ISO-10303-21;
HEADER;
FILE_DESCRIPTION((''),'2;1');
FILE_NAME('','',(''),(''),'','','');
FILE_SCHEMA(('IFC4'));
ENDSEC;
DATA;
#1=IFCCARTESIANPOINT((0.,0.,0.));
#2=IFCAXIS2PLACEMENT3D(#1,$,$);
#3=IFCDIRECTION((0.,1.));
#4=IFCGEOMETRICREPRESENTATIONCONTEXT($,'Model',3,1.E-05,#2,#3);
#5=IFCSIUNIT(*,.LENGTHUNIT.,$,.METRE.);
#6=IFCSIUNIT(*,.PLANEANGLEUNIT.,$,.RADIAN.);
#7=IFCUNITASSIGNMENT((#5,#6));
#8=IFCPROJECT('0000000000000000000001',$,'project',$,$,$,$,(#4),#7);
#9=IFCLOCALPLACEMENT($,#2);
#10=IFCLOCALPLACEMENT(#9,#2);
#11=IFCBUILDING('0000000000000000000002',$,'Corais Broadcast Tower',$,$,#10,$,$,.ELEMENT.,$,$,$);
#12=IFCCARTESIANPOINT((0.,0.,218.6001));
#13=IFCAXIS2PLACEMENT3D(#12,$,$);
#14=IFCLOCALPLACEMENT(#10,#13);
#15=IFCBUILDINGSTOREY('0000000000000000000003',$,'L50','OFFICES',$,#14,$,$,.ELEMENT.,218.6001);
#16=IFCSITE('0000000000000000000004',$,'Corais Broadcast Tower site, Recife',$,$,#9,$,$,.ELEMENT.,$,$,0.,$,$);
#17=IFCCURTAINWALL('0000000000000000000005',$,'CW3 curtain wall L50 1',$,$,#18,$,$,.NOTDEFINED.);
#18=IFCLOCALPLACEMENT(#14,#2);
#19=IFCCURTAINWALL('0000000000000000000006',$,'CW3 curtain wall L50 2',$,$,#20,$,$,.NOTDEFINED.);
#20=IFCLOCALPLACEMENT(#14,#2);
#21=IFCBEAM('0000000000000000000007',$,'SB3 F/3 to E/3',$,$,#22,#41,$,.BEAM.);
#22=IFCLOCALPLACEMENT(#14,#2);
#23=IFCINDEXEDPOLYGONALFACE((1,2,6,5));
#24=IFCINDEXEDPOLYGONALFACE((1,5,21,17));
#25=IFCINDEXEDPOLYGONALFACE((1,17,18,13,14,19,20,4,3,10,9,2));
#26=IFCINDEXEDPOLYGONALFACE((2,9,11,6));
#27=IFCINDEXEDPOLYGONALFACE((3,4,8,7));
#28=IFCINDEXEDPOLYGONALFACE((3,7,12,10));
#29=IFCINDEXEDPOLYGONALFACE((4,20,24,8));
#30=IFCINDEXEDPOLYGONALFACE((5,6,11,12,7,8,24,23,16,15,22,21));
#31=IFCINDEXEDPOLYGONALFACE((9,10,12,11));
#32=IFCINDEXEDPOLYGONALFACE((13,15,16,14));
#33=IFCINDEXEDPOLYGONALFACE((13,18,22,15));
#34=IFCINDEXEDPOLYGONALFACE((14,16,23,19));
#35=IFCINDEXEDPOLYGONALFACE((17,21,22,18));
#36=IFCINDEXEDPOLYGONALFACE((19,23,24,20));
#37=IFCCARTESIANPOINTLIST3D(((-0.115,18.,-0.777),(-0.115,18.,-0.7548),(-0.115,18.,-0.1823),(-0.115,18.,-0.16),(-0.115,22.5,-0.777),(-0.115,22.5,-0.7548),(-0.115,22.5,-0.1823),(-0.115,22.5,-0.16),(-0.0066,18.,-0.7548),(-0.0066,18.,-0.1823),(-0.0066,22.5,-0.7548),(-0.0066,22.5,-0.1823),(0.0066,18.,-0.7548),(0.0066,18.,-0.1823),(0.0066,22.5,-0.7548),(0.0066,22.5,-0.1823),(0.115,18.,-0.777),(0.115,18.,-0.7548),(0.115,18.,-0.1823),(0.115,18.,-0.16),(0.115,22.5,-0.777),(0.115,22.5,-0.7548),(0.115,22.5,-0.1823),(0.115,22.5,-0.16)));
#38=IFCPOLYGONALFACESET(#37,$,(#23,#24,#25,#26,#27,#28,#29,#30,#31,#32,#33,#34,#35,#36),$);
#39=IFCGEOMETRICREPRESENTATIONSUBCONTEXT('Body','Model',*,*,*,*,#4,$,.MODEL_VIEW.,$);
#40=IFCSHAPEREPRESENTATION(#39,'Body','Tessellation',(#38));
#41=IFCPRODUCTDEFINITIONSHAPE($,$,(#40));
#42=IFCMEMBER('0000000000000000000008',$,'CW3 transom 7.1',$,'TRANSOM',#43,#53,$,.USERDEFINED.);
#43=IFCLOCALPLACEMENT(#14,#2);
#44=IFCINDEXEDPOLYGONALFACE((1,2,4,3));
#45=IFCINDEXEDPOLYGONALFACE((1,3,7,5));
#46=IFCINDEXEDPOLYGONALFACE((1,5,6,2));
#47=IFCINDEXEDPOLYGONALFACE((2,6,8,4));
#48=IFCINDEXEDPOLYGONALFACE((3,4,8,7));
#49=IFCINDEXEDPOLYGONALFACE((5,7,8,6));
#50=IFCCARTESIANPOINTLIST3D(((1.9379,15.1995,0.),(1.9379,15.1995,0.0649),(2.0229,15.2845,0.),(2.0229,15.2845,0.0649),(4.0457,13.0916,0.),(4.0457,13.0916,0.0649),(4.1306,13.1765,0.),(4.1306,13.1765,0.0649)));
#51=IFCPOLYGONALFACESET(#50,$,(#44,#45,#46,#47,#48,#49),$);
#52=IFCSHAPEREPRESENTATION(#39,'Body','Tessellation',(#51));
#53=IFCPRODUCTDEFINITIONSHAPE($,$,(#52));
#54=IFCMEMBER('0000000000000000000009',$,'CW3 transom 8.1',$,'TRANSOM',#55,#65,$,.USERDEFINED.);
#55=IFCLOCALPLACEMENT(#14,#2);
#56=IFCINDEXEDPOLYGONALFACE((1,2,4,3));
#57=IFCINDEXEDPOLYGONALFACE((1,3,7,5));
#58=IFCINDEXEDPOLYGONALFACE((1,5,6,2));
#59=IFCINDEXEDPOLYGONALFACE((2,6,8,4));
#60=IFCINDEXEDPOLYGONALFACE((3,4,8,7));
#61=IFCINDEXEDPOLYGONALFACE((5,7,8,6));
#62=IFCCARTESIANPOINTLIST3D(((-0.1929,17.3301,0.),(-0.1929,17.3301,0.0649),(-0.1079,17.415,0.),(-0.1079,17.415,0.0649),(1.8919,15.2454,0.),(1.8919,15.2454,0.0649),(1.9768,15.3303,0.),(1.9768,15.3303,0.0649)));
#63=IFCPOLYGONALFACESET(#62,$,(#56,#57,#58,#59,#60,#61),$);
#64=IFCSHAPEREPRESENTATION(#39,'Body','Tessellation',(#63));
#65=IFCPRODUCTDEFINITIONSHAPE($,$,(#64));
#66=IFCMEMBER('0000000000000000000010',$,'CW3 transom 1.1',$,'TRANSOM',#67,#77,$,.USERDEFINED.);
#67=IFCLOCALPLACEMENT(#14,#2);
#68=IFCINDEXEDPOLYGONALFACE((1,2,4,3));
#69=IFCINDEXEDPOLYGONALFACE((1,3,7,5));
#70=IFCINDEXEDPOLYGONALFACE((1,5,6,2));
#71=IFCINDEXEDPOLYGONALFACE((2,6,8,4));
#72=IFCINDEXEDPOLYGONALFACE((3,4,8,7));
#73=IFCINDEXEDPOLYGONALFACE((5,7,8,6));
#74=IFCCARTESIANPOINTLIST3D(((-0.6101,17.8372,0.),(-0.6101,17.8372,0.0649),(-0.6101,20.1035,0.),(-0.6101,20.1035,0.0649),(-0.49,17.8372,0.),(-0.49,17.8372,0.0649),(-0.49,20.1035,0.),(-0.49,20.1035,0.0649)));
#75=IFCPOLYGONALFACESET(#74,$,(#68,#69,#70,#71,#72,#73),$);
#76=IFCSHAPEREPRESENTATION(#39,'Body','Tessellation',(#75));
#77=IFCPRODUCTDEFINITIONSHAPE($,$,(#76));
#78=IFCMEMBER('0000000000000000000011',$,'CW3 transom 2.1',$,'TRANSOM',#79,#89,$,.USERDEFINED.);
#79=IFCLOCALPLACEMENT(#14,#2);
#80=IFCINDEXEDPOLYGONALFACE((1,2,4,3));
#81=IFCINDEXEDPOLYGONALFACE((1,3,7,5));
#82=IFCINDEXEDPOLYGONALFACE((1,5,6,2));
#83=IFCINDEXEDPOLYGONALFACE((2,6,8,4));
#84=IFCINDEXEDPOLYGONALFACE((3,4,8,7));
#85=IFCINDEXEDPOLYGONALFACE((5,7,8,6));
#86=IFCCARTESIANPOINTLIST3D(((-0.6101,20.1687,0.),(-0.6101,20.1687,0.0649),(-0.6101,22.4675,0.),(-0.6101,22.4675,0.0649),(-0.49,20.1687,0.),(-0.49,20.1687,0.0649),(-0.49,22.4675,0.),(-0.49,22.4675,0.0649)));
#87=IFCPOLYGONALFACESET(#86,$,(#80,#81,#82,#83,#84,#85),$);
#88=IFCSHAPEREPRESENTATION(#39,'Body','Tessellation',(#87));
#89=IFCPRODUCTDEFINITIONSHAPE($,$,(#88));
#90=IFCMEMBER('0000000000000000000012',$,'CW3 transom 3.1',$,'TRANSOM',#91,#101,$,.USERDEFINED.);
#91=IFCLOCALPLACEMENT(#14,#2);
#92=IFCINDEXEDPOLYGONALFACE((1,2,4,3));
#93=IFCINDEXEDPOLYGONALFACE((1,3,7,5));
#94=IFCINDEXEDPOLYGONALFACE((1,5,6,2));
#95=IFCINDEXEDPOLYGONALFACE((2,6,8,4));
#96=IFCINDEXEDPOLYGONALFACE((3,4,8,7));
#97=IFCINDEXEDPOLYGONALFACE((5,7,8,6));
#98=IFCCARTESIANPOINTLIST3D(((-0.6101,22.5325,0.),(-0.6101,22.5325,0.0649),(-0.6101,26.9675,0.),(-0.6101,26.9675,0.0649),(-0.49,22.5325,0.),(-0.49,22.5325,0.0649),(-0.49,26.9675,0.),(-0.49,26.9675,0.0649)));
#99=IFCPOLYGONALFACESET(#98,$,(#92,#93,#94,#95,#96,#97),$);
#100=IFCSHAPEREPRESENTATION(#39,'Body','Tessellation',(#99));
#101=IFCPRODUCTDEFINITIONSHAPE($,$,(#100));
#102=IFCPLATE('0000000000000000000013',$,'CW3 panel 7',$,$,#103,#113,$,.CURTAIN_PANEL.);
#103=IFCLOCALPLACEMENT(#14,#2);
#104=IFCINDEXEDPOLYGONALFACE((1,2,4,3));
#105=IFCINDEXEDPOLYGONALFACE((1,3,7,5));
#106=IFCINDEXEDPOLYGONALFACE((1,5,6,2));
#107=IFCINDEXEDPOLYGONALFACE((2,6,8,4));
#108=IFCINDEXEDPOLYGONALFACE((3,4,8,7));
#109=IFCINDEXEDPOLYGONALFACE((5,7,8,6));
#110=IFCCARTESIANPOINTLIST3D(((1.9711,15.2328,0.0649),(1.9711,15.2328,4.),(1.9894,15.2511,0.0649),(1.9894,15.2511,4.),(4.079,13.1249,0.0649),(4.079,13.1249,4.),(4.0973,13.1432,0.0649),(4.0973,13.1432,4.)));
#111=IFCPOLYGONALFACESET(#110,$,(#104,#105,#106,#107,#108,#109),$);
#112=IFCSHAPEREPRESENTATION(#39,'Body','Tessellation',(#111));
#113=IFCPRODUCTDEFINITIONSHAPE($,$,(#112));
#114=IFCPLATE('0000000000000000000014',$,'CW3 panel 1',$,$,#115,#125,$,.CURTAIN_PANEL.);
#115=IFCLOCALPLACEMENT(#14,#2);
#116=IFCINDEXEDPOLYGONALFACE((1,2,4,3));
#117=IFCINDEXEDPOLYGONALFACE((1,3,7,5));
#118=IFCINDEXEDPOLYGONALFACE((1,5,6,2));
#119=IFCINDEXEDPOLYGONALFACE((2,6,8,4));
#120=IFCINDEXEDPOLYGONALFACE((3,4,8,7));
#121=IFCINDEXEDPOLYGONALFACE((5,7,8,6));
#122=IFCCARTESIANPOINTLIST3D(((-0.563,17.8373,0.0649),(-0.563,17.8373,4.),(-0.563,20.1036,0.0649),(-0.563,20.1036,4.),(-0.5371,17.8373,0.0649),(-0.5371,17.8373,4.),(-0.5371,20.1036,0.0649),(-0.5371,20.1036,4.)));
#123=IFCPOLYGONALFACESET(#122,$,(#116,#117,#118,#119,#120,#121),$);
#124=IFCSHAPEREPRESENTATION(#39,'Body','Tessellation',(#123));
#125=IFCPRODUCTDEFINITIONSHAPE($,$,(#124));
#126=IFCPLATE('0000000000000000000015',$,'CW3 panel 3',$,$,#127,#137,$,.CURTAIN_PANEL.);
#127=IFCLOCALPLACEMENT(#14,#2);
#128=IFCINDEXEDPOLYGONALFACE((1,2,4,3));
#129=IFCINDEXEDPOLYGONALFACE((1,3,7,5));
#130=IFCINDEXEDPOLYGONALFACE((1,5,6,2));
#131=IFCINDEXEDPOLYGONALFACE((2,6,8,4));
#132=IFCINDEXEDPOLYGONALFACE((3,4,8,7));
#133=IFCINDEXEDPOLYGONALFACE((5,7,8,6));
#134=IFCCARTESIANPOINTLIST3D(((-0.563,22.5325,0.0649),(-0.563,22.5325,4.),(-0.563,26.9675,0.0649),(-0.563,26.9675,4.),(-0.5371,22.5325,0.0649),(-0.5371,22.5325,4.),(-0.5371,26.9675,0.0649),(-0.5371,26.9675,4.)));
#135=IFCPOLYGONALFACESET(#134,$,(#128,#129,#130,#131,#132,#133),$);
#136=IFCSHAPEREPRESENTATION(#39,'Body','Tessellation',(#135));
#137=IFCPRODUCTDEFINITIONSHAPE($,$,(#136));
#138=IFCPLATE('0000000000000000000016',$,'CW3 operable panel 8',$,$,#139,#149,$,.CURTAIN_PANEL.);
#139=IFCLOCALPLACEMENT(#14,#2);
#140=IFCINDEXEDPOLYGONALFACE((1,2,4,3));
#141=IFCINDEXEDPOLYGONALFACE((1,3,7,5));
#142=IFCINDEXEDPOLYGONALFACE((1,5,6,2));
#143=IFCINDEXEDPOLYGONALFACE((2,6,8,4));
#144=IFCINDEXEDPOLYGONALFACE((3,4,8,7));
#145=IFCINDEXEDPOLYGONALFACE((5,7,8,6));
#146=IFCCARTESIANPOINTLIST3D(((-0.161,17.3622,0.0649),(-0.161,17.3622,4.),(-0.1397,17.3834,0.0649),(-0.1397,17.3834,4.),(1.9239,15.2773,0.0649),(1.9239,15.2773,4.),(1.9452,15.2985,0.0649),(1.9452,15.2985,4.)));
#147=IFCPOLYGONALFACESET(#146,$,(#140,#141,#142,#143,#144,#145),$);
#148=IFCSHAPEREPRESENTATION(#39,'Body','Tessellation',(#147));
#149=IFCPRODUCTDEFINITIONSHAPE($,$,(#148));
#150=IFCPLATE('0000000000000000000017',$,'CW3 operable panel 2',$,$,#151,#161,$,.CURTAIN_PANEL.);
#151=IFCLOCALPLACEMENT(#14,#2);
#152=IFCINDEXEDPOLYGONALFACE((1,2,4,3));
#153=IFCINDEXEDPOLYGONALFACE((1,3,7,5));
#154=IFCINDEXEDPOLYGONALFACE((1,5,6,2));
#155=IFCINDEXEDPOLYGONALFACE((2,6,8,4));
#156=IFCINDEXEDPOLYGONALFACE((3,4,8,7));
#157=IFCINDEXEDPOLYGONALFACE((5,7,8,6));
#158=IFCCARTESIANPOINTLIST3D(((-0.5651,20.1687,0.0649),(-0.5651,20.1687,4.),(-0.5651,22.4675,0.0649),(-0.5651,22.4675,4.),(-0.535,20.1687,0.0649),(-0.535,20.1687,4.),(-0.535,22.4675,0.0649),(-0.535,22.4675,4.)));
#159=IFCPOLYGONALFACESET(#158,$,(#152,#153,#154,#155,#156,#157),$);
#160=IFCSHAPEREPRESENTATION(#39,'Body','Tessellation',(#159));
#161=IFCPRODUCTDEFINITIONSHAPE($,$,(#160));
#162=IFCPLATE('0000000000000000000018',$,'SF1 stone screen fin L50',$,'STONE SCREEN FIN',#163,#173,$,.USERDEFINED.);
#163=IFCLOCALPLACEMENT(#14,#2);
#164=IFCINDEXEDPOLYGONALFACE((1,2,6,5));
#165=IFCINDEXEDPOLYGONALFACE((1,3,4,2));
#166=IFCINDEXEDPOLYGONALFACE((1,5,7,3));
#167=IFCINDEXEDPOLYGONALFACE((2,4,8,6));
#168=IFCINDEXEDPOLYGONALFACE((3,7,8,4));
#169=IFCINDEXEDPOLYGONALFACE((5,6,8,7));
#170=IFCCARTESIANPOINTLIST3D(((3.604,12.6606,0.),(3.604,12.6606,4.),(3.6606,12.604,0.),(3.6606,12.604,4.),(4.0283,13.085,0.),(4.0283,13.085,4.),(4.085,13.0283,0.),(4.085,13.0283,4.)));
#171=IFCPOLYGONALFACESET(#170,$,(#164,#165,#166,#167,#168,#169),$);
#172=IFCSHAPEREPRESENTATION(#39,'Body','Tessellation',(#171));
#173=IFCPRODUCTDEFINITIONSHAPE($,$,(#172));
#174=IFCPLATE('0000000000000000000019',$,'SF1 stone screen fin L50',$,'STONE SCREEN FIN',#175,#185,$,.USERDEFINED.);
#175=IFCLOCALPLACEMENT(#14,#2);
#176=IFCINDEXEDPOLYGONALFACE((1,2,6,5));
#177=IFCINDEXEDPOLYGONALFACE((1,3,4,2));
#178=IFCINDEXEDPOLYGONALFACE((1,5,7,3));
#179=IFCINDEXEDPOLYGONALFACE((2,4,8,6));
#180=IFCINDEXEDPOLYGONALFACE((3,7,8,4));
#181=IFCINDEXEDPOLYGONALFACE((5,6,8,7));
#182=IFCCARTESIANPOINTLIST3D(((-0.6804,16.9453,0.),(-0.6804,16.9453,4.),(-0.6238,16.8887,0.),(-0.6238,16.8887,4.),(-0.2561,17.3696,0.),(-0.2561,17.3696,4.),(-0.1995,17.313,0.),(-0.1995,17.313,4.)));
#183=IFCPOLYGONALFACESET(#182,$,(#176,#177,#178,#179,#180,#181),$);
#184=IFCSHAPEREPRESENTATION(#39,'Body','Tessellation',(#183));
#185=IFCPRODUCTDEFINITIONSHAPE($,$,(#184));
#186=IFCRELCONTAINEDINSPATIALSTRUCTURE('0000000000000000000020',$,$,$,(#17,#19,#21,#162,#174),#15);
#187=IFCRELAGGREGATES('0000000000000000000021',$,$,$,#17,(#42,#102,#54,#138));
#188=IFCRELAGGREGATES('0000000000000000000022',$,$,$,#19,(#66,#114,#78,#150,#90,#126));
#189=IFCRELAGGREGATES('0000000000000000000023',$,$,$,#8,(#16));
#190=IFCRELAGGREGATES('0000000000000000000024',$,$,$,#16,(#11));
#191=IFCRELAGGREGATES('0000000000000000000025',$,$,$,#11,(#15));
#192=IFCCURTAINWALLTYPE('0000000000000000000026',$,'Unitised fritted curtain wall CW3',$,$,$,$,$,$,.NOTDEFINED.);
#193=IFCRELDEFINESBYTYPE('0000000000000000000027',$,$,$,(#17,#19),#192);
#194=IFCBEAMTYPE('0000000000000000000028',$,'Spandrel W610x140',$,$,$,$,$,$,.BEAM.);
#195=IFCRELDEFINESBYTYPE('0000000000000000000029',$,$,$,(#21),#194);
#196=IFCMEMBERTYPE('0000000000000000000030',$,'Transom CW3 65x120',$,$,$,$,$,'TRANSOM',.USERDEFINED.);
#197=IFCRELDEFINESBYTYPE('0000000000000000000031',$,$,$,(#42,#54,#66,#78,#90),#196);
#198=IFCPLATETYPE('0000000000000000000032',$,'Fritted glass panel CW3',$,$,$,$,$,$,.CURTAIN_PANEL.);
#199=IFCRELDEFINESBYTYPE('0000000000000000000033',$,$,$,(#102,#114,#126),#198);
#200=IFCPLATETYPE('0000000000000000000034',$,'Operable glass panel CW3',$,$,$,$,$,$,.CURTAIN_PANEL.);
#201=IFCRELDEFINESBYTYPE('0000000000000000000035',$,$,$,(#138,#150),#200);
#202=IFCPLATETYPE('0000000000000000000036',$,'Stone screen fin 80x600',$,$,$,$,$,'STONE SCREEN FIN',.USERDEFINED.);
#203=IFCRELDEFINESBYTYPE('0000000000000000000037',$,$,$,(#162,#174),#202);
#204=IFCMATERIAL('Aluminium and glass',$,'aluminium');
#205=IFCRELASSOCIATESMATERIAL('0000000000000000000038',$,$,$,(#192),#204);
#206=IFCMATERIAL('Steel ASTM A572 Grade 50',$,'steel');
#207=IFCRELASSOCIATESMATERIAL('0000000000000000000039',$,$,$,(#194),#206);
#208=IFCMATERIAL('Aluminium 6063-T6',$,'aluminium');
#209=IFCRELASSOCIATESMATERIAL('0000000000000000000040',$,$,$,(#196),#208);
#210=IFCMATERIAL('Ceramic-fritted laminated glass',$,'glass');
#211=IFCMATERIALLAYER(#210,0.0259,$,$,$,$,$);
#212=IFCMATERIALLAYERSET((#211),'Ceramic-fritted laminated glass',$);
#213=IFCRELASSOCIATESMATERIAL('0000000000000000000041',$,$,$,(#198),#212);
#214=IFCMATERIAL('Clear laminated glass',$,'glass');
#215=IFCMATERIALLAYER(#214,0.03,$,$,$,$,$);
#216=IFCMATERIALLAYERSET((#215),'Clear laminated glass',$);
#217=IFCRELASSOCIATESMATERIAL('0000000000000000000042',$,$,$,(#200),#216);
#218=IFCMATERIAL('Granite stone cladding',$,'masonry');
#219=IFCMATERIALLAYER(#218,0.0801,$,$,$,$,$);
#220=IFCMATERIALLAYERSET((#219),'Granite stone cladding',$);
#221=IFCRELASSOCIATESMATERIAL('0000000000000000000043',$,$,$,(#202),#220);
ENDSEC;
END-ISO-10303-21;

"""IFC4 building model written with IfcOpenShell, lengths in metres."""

from ifc_helpers import new_model, si_unit, direction, frame, origin, origin_2d, place, context, subcontext, project, spatial, rectangle, i_section, extrude, material, layer, layer_set, material_profile, profile_set, type_object, element, aggregate, save


model = new_model("IFC4")

# Units and contexts
model_context = context("Model", 3, precision=1e-05, world=origin(), true_north=direction((0.0, 1.0)))
body_context = subcontext(model_context, "Body", "Model", "MODEL_VIEW")
ifc_project = project(units=[si_unit("LENGTHUNIT", "METRE"), si_unit("PLANEANGLEUNIT", "RADIAN")], contexts=[model_context])

# Site, building, storey
site_placement = place(None, origin())
site = spatial("IfcSite", under=ifc_project, at=site_placement, Name="Corais Broadcast Tower site, Recife", CompositionType="ELEMENT", RefElevation=0.0)
building_placement = place(site_placement, origin())
building = spatial("IfcBuilding", under=site, at=building_placement, Name="Corais Broadcast Tower", CompositionType="ELEMENT")
storey_placement = place(building_placement, frame((0.0, 0.0, 218.6001)))
storey = spatial("IfcBuildingStorey", under=building, at=storey_placement, Name="L50", Description="OFFICES", CompositionType="ELEMENT", Elevation=218.6001)

# Curtain walls
ifc_material_1 = material(Name="Aluminium and glass", Category="aluminium")
curtain_wall_type = type_object("IfcCurtainWallType", Name="Unitised fritted curtain wall CW3", PredefinedType="NOTDEFINED", material=ifc_material_1)
curtain_wall_1_placement = place(storey_placement, origin())
curtain_wall_1 = element("IfcCurtainWall", 1, at=curtain_wall_1_placement, inside=storey, type_object=curtain_wall_type, Name="CW3 curtain wall L50 1", PredefinedType="NOTDEFINED")
curtain_wall_2_placement = place(storey_placement, origin())
curtain_wall_2 = element("IfcCurtainWall", 2, at=curtain_wall_2_placement, inside=storey, type_object=curtain_wall_type, Name="CW3 curtain wall L50 2", PredefinedType="NOTDEFINED")

# Beam
ifc_material_2 = material(Name="Steel ASTM A572 Grade 50", Category="steel")
ifc_material_profile_1 = material_profile(ifc_material_2, i_section(OverallWidth=0.23, OverallDepth=0.6169, WebThickness=0.0132, FlangeThickness=0.0222, at=origin_2d()), Name="W610x140")
ifc_profile_set_1 = profile_set([ifc_material_profile_1], Name="Steel ASTM A572 Grade 50")
beam_type_1 = type_object("IfcBeamType", Name="Spandrel W610x140", PredefinedType="BEAM", material=ifc_profile_set_1)
beam_1_placement = place(storey_placement, frame((0.0, 22.5, -0.4685), z_axis=(0.0, -1.0, 0.0), x_axis=(1.0, 0.0, 0.0)))
element("IfcBeam", 3, at=beam_1_placement, inside=storey, type_object=beam_type_1, Name="SB3 F/3 to E/3", PredefinedType="BEAM", context=body_context, shape_type="SweptSolid", body=[
    extrude(i_section(OverallWidth=0.23, OverallDepth=0.6169, WebThickness=0.0132, FlangeThickness=0.0222, at=origin_2d()), origin(), (0.0, 0.0, 1.0), 4.5),
])

# Members
ifc_material_3 = material(Name="Aluminium 6063-T6", Category="aluminium")
ifc_material_profile_2 = material_profile(ifc_material_3, rectangle(XDim=0.1201, YDim=0.0649, at=origin_2d()), Name="Transom CW3 65x120")
ifc_profile_set_2 = profile_set([ifc_material_profile_2], Name="Aluminium 6063-T6")
member_type_1 = type_object("IfcMemberType", Name="Transom CW3 65x120", ElementType="TRANSOM", PredefinedType="USERDEFINED", material=ifc_profile_set_2)
member_1_placement = place(storey_placement, frame((4.0881, 13.134, 0.0325), z_axis=(-0.707066, 0.707148, 0.0), x_axis=(-0.707148, -0.707066, 0.0)))
member_1 = element("IfcMember", 4, at=member_1_placement, type_object=member_type_1, Name="CW3 transom 7.1", ObjectType="TRANSOM", PredefinedType="USERDEFINED", context=body_context, shape_type="SweptSolid", body=[
    extrude(rectangle(XDim=0.1201, YDim=0.0649, at=origin_2d()), origin(), (0.0, 0.0, 1.0), 2.981),
])
member_2_placement = place(storey_placement, frame((1.9343, 15.2878, 0.0325), z_axis=(-0.707107, 0.707107, 0.0), x_axis=(-0.707107, -0.707107, 0.0)))
member_2 = element("IfcMember", 5, at=member_2_placement, type_object=member_type_1, Name="CW3 transom 8.1", ObjectType="TRANSOM", PredefinedType="USERDEFINED", context=body_context, shape_type="SweptSolid", body=[
    extrude(rectangle(XDim=0.1201, YDim=0.0649, at=origin_2d()), origin(), (0.0, 0.0, 1.0), 2.9482),
])
member_3_placement = place(storey_placement, frame((-0.55, 17.8372, 0.0325), z_axis=(0.0, 1.0, 0.0), x_axis=(-1.0, 0.0, 0.0)))
member_3 = element("IfcMember", 6, at=member_3_placement, type_object=member_type_1, Name="CW3 transom 1.1", ObjectType="TRANSOM", PredefinedType="USERDEFINED", context=body_context, shape_type="SweptSolid", body=[
    extrude(rectangle(XDim=0.1201, YDim=0.0649, at=origin_2d()), origin(), (0.0, 0.0, 1.0), 2.2664),
])
member_4_placement = place(storey_placement, frame((-0.55, 20.1687, 0.0325), z_axis=(0.0, 1.0, 0.0), x_axis=(-1.0, 0.0, 0.0)))
member_4 = element("IfcMember", 7, at=member_4_placement, type_object=member_type_1, Name="CW3 transom 2.1", ObjectType="TRANSOM", PredefinedType="USERDEFINED", context=body_context, shape_type="SweptSolid", body=[
    extrude(rectangle(XDim=0.1201, YDim=0.0649, at=origin_2d()), origin(), (0.0, 0.0, 1.0), 2.2988),
])
member_5_placement = place(storey_placement, frame((-0.55, 22.5325, 0.0325), z_axis=(0.0, 1.0, 0.0), x_axis=(-1.0, 0.0, 0.0)))
member_5 = element("IfcMember", 8, at=member_5_placement, type_object=member_type_1, Name="CW3 transom 3.1", ObjectType="TRANSOM", PredefinedType="USERDEFINED", context=body_context, shape_type="SweptSolid", body=[
    extrude(rectangle(XDim=0.1201, YDim=0.0649, at=origin_2d()), origin(), (0.0, 0.0, 1.0), 4.4351),
])

# Plates
ifc_material_4 = material(Name="Ceramic-fritted laminated glass", Category="glass")
ifc_layer_1 = layer(ifc_material_4, 0.0259)
ifc_layer_set_1 = layer_set([ifc_layer_1], Name="Ceramic-fritted laminated glass")
plate_type_1 = type_object("IfcPlateType", Name="Fritted glass panel CW3", PredefinedType="CURTAIN_PANEL", material=ifc_layer_set_1)
plate_1_placement = place(storey_placement, frame((3.0342, 14.188, 0.0649), z_axis=(0.0, 0.0, 1.0), x_axis=(-0.707107, 0.707107, 0.0)))
plate_1 = element("IfcPlate", 9, at=plate_1_placement, type_object=plate_type_1, Name="CW3 panel 7", PredefinedType="CURTAIN_PANEL", context=body_context, shape_type="SweptSolid", body=[
    extrude(rectangle(XDim=2.981, YDim=0.0259, at=origin_2d()), origin(), (0.0, 0.0, 1.0), 3.9351),
])
plate_2_placement = place(storey_placement, frame((-0.55, 18.9705, 0.0649), z_axis=(0.0, 0.0, 1.0), x_axis=(0.0, 1.0, 0.0)))
plate_2 = element("IfcPlate", 10, at=plate_2_placement, type_object=plate_type_1, Name="CW3 panel 1", PredefinedType="CURTAIN_PANEL", context=body_context, shape_type="SweptSolid", body=[
    extrude(rectangle(XDim=2.2664, YDim=0.0259, at=origin_2d()), origin(), (0.0, 0.0, 1.0), 3.9351),
])
plate_3_placement = place(storey_placement, frame((-0.55, 24.75, 0.0649), z_axis=(0.0, 0.0, 1.0), x_axis=(0.0, 1.0, 0.0)))
plate_3 = element("IfcPlate", 11, at=plate_3_placement, type_object=plate_type_1, Name="CW3 panel 3", PredefinedType="CURTAIN_PANEL", context=body_context, shape_type="SweptSolid", body=[
    extrude(rectangle(XDim=4.4351, YDim=0.0259, at=origin_2d()), origin(), (0.0, 0.0, 1.0), 3.9351),
])
ifc_material_5 = material(Name="Clear laminated glass", Category="glass")
ifc_layer_2 = layer(ifc_material_5, 0.03)
ifc_layer_set_2 = layer_set([ifc_layer_2], Name="Clear laminated glass")
plate_type_2 = type_object("IfcPlateType", Name="Operable glass panel CW3", PredefinedType="CURTAIN_PANEL", material=ifc_layer_set_2)
plate_4_placement = place(storey_placement, frame((0.8921, 16.3303, 0.0649), z_axis=(0.0, 0.0, 1.0), x_axis=(-0.707107, 0.707107, 0.0)))
plate_4 = element("IfcPlate", 12, at=plate_4_placement, type_object=plate_type_2, Name="CW3 operable panel 8", PredefinedType="CURTAIN_PANEL", context=body_context, shape_type="SweptSolid", body=[
    extrude(rectangle(XDim=2.9485, YDim=0.03, at=origin_2d()), origin(), (0.0, 0.0, 1.0), 3.9351),
])
aggregate(curtain_wall_1, [member_1, plate_1, member_2, plate_4])
plate_5_placement = place(storey_placement, frame((-0.55, 21.3181, 0.0649), z_axis=(0.0, 0.0, 1.0), x_axis=(0.0, 1.0, 0.0)))
plate_5 = element("IfcPlate", 13, at=plate_5_placement, type_object=plate_type_2, Name="CW3 operable panel 2", PredefinedType="CURTAIN_PANEL", context=body_context, shape_type="SweptSolid", body=[
    extrude(rectangle(XDim=2.2988, YDim=0.03, at=origin_2d()), origin(), (0.0, 0.0, 1.0), 3.9351),
])
aggregate(curtain_wall_2, [member_3, plate_2, member_4, plate_5, member_5, plate_3])

# Plates
ifc_material_6 = material(Name="Granite stone cladding", Category="masonry")
ifc_layer_3 = layer(ifc_material_6, 0.0801)
ifc_layer_set_3 = layer_set([ifc_layer_3], Name="Granite stone cladding")
plate_type_3 = type_object("IfcPlateType", Name="Stone screen fin 80x600", ElementType="STONE SCREEN FIN", PredefinedType="USERDEFINED", material=ifc_layer_set_3)
for number, where, z_axis, x_axis, name in (
    (14, (3.8445, 12.8445, 0.0), (0.0, 0.0, 1.0), (-0.707107, 0.707107, 0.0), "SF1 stone screen fin L50"),
    (15, (-0.4399, 17.1292, 0.0), (0.0, 0.0, 1.0), (-0.707107, 0.707107, 0.0), "SF1 stone screen fin L50"),
):
    element("IfcPlate", number, at=place(storey_placement, frame(where, z_axis=z_axis, x_axis=x_axis)), inside=storey, type_object=plate_type_3, Name=name, ObjectType="STONE SCREEN FIN", PredefinedType="USERDEFINED", context=body_context, shape_type="SweptSolid", body=[
        extrude(rectangle(XDim=0.0801, YDim=0.6001, at=origin_2d()), origin(), (0.0, 0.0, 1.0), 4.0),
    ])

save(model, "model.ifc")
